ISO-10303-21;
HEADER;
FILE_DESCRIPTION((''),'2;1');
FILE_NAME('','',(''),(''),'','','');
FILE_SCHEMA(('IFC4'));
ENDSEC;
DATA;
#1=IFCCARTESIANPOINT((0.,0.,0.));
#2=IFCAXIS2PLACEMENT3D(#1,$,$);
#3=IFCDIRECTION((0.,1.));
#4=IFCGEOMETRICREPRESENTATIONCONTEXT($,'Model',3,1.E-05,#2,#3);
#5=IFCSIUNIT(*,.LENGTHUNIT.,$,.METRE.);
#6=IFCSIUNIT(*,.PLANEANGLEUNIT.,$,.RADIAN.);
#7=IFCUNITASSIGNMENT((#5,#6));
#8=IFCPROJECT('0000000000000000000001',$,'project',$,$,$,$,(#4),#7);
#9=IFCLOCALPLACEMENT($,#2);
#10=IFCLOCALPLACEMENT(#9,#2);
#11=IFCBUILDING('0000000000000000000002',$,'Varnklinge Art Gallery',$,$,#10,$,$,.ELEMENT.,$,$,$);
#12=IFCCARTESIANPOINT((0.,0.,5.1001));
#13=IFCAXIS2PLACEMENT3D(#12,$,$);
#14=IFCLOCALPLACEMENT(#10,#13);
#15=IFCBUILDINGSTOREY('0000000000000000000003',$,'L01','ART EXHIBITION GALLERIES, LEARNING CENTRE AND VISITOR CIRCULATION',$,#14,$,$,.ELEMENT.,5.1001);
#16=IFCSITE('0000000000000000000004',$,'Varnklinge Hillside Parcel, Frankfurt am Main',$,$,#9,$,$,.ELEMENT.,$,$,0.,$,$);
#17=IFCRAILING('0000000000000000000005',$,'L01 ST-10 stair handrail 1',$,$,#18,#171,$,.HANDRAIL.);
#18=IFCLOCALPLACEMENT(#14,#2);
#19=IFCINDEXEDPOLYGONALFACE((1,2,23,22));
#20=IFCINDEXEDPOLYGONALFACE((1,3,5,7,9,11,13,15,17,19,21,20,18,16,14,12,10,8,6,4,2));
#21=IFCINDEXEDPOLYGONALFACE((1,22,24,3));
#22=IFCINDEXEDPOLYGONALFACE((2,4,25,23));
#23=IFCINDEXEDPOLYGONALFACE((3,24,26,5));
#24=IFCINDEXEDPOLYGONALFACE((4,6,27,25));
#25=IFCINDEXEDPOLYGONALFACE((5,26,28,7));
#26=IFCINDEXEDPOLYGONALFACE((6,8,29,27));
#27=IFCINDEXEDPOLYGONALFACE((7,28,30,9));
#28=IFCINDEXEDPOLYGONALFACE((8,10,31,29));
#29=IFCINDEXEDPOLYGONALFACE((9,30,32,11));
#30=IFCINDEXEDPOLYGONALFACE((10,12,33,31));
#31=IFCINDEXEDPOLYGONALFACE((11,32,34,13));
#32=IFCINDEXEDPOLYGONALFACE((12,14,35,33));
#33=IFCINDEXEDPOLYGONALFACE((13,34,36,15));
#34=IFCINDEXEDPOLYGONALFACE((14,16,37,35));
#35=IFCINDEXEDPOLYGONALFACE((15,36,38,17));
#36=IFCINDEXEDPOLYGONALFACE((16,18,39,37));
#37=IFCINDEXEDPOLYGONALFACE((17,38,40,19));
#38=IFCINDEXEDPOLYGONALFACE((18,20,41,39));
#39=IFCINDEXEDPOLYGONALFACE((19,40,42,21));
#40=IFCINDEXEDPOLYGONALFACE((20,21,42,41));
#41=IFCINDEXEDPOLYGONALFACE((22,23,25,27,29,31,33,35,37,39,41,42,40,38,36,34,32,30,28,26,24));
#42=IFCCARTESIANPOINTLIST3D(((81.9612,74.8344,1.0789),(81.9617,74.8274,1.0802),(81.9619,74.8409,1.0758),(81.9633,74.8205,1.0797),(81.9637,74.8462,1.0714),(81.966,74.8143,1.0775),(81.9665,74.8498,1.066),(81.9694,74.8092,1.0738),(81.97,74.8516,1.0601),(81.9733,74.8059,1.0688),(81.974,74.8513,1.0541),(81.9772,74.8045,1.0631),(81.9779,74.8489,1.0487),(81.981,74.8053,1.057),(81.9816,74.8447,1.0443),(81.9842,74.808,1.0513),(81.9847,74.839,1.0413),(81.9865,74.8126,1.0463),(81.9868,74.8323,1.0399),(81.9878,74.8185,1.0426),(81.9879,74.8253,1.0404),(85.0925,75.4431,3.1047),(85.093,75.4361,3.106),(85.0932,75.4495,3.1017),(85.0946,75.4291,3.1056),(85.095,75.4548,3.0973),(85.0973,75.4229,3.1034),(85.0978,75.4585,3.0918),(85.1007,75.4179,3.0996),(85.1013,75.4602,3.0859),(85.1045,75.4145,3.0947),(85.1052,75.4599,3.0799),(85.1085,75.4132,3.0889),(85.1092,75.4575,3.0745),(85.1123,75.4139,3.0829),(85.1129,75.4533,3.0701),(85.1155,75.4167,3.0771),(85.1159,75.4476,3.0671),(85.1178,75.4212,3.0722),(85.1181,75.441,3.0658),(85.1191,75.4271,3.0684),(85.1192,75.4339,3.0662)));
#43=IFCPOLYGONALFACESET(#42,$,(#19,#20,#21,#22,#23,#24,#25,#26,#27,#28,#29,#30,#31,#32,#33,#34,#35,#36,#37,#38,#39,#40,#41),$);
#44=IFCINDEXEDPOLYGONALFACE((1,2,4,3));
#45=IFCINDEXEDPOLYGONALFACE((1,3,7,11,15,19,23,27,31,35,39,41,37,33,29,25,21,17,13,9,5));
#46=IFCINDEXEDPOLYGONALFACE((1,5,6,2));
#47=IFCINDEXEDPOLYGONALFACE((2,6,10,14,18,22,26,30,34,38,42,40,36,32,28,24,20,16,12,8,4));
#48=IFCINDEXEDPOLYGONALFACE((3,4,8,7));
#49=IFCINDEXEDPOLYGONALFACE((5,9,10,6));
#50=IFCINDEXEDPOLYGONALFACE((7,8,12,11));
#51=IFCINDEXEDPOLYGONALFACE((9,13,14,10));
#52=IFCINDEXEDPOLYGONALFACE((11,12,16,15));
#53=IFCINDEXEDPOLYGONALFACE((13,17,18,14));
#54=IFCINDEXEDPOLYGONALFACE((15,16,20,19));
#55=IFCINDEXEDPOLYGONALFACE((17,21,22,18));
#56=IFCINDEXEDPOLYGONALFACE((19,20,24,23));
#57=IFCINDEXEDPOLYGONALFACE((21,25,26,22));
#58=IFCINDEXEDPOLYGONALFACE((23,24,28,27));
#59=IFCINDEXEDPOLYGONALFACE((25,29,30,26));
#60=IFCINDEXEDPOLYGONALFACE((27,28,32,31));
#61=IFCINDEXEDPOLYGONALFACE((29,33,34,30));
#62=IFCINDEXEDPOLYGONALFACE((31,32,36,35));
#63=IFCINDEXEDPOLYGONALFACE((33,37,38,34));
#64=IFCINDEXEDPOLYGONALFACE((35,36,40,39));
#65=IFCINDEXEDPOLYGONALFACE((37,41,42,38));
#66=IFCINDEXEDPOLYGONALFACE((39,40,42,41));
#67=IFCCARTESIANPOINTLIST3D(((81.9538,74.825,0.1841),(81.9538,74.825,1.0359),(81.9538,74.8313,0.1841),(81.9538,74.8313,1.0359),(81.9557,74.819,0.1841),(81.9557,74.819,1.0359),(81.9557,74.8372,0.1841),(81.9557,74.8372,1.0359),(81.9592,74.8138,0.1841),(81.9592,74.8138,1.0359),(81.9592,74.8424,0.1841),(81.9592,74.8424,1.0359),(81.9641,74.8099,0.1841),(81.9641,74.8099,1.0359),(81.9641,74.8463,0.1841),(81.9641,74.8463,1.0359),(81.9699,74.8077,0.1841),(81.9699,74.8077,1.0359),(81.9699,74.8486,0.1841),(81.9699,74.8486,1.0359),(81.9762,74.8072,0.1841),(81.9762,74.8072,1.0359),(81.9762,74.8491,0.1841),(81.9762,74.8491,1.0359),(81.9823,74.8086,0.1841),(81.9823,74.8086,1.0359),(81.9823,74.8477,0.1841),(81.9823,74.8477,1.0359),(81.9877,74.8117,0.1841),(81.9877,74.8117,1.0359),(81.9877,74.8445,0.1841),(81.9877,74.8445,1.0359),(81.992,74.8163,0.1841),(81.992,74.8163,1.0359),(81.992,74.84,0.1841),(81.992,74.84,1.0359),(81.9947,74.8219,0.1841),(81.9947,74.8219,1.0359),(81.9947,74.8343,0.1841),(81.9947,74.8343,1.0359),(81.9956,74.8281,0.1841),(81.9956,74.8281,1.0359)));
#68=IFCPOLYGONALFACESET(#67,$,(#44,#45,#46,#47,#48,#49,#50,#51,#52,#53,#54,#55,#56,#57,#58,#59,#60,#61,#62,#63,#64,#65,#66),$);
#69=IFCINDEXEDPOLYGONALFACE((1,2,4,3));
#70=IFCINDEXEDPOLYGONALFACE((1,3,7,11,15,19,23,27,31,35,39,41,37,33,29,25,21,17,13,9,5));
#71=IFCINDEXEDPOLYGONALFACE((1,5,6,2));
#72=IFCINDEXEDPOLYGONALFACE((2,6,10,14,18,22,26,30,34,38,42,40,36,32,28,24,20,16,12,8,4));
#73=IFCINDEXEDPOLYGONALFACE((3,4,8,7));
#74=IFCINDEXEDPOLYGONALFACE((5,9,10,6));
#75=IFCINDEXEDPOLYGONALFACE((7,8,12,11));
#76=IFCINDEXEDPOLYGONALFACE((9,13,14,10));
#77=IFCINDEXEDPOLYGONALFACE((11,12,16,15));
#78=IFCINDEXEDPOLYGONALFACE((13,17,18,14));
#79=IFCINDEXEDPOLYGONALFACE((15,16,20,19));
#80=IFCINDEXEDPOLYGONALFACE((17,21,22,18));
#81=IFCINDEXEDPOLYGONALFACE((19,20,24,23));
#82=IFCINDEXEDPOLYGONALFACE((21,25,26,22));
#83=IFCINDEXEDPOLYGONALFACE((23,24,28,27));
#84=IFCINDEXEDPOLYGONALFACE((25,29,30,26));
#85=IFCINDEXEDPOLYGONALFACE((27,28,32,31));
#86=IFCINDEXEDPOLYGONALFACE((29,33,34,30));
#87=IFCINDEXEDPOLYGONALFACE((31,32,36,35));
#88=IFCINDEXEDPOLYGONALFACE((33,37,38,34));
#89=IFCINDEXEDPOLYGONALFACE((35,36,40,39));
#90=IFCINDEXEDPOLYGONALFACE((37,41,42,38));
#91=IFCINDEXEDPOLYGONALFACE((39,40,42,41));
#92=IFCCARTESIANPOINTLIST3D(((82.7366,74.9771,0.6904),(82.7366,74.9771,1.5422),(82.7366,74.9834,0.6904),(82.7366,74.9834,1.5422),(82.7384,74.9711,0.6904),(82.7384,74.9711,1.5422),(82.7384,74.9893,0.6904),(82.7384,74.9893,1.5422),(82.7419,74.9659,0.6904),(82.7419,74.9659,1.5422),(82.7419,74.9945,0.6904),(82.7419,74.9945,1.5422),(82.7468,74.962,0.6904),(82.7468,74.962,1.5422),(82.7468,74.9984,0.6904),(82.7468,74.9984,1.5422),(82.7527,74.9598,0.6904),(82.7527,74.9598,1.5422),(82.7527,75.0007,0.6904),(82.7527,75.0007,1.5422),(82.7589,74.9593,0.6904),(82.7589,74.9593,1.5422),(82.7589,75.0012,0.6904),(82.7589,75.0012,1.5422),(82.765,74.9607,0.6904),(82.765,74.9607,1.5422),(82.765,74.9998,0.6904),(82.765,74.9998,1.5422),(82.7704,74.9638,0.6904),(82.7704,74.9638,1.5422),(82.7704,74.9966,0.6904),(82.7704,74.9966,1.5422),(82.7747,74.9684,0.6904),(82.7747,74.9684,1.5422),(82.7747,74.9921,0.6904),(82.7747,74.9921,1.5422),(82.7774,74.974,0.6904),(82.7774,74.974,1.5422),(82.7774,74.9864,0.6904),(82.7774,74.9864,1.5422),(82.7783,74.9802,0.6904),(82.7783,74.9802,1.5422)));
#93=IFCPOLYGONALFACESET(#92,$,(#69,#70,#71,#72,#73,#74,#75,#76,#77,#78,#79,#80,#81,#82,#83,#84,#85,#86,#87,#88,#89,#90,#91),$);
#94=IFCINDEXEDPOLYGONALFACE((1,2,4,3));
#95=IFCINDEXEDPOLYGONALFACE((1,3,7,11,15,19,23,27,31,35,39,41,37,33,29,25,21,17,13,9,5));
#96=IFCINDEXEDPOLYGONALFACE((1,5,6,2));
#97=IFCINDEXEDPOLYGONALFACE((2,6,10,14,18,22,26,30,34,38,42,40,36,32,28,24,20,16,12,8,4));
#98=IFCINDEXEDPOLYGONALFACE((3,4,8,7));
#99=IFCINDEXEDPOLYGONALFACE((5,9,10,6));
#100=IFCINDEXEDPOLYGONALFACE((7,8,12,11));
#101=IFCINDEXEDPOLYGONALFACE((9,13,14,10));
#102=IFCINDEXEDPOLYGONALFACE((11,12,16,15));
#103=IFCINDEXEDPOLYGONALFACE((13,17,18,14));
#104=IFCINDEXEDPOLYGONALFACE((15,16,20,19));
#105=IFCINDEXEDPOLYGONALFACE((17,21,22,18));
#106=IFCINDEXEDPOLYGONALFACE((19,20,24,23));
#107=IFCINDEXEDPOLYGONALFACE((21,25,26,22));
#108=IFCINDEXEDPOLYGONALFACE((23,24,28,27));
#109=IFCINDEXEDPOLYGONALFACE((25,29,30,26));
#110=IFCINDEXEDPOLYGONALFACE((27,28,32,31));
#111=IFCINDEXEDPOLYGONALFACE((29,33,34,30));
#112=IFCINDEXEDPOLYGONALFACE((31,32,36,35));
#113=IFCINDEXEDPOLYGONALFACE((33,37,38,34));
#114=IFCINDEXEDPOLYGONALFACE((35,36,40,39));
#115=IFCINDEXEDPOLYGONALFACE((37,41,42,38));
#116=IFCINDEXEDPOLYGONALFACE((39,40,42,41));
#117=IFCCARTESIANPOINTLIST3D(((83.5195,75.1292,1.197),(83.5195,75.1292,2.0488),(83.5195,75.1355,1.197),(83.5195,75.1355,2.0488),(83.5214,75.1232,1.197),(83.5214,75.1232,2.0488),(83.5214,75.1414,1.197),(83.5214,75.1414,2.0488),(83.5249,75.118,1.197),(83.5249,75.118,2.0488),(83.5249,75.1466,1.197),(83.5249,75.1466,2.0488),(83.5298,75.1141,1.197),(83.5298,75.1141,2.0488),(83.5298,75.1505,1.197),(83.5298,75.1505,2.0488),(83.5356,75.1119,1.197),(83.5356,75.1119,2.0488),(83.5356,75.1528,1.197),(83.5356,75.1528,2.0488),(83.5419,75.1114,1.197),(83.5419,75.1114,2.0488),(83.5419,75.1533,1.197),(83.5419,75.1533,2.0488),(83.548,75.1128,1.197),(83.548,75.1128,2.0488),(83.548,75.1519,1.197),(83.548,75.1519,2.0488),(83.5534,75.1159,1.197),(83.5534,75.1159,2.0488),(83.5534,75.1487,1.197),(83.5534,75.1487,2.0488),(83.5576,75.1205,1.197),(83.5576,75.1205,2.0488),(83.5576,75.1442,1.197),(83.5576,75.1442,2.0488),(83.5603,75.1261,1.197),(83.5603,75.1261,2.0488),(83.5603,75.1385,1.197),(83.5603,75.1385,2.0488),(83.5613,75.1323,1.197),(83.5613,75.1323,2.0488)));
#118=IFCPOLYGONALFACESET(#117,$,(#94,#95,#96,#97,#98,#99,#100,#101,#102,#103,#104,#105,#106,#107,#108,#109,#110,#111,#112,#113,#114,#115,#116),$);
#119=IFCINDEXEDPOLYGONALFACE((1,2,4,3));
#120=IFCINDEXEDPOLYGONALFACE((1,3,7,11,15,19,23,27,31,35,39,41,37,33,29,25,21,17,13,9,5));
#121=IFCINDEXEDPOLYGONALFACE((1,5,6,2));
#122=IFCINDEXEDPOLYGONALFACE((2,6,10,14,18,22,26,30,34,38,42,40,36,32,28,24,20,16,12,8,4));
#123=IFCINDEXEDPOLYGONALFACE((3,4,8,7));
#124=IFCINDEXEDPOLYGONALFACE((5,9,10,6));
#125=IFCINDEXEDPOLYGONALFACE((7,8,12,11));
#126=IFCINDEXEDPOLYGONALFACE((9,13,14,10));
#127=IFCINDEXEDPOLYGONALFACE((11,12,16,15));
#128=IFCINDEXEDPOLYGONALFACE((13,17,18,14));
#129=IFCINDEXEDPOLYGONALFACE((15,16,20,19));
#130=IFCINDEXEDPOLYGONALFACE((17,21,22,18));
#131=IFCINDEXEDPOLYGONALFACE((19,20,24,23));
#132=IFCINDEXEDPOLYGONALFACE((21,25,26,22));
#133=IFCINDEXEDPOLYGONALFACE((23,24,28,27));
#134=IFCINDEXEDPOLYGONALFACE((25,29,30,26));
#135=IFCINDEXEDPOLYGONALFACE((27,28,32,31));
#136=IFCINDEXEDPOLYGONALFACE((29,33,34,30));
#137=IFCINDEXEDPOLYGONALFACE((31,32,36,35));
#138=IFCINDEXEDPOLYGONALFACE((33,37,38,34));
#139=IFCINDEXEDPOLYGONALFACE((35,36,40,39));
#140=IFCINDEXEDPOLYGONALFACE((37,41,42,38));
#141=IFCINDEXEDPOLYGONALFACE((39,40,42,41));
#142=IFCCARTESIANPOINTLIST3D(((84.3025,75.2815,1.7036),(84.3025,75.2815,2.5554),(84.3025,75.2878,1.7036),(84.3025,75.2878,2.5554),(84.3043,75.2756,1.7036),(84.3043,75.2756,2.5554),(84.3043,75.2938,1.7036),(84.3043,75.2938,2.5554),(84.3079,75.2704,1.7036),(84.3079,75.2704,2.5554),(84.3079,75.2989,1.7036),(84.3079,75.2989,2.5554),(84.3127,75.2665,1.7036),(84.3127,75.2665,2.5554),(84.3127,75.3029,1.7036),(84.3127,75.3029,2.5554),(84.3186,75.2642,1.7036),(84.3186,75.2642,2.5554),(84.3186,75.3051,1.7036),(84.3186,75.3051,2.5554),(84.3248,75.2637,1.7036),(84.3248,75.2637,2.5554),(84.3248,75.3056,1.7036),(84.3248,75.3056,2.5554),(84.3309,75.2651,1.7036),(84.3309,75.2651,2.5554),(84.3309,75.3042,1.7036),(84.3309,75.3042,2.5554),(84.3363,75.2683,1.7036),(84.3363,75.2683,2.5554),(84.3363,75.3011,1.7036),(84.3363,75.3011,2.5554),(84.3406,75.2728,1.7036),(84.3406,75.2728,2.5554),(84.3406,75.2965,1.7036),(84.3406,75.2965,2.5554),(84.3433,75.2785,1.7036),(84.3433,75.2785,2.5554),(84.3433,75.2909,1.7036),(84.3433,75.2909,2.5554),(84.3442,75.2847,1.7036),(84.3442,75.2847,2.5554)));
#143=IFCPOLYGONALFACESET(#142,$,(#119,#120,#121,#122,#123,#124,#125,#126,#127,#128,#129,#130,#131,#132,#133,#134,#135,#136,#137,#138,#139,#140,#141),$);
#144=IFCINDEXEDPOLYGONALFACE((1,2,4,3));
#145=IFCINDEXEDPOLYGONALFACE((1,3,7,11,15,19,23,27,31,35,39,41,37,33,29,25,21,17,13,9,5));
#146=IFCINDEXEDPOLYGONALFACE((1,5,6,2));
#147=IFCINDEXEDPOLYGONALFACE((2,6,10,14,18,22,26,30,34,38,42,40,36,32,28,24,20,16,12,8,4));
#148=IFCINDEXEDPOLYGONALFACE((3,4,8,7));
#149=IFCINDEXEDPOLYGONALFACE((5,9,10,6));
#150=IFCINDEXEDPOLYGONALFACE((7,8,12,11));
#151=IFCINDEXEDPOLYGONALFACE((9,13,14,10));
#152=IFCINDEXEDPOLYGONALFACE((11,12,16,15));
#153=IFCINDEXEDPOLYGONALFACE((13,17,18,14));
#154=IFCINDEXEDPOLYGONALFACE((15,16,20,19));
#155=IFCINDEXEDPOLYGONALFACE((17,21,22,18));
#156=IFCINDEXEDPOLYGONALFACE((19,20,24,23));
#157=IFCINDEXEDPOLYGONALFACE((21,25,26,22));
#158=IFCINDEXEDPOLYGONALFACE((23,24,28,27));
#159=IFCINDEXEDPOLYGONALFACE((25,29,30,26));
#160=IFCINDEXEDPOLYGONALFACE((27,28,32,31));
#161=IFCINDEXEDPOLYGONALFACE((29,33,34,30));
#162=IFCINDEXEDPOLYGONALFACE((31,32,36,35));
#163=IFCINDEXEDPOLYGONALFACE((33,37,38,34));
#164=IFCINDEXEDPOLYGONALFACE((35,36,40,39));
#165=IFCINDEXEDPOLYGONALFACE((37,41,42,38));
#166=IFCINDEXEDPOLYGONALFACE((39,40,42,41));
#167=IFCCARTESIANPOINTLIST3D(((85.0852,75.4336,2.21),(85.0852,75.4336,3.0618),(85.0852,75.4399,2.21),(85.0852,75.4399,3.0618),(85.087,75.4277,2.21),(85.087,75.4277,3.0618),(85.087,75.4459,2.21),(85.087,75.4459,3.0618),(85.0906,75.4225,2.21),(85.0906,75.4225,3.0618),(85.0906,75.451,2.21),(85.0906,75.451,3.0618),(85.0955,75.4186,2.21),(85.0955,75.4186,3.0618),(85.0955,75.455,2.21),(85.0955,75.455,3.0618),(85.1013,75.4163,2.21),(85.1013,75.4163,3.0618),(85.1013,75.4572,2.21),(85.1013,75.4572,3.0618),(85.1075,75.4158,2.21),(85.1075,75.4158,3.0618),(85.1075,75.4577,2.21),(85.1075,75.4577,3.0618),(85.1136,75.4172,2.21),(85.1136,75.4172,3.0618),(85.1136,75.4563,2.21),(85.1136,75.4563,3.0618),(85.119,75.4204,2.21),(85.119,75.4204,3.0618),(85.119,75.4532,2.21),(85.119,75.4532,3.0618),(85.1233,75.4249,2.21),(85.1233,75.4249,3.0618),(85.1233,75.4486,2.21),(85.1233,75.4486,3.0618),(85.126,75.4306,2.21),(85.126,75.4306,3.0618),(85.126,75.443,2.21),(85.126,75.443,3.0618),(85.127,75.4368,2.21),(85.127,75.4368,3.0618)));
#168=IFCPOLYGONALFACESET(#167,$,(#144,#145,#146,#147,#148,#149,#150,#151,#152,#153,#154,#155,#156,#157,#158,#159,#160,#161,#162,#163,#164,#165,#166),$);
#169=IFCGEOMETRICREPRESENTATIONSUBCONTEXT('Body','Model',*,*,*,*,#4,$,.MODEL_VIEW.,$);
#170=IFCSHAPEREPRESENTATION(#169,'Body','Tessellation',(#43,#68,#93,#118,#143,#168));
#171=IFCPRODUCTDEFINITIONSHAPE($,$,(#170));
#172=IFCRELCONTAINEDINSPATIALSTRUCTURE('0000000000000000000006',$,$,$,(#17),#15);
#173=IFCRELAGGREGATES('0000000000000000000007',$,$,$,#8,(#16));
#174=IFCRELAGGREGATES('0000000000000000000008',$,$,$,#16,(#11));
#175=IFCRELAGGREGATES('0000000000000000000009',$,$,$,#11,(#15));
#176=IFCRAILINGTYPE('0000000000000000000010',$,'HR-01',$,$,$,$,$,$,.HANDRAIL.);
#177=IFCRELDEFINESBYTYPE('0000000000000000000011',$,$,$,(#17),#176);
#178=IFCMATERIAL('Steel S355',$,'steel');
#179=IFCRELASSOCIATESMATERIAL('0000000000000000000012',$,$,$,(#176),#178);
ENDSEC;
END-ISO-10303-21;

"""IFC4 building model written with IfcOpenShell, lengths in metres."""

from ifc_helpers import new_model, si_unit, direction, frame, origin, origin_2d, place, context, subcontext, project, spatial, circle, extrude, material, type_object, element, save


model = new_model("IFC4")

# Units and contexts
model_context = context("Model", 3, precision=1e-05, world=origin(), true_north=direction((0.0, 1.0)))
body_context = subcontext(model_context, "Body", "Model", "MODEL_VIEW")
ifc_project = project(units=[si_unit("LENGTHUNIT", "METRE"), si_unit("PLANEANGLEUNIT", "RADIAN")], contexts=[model_context])

# Site, building, storey
site_placement = place(None, origin())
site = spatial("IfcSite", under=ifc_project, at=site_placement, Name="Varnklinge Hillside Parcel, Frankfurt am Main", CompositionType="ELEMENT", RefElevation=0.0)
building_placement = place(site_placement, origin())
building = spatial("IfcBuilding", under=site, at=building_placement, Name="Varnklinge Art Gallery", CompositionType="ELEMENT")
storey_placement = place(building_placement, frame((0.0, 0.0, 5.1001)))
storey = spatial("IfcBuildingStorey", under=building, at=storey_placement, Name="L01", Description="ART EXHIBITION GALLERIES, LEARNING CENTRE AND VISITOR CIRCULATION", CompositionType="ELEMENT", Elevation=5.1001)

# Railing
ifc_material_1 = material(Name="Steel S355", Category="steel")
railing_type_1 = type_object("IfcRailingType", Name="HR-01", PredefinedType="HANDRAIL", material=ifc_material_1)
railing_1_placement = place(storey_placement, frame((81.9746, 74.8281, 0.1841)))
element("IfcRailing", 1, at=railing_1_placement, inside=storey, type_object=railing_type_1, Name="L01 ST-10 stair handrail 1", PredefinedType="HANDRAIL", context=body_context, shape_type="SweptSolid", body=[
    extrude(circle(Radius=0.0239, at=origin_2d()), frame((0.0, 0.0, 0.876), z_axis=(0.828643, 0.161064, 0.536105), x_axis=(-0.1908, 0.981629, 0.0)), (0.0, 0.0, 1.0), 3.7788),
    extrude(circle(Radius=0.021, at=origin_2d()), origin(), (0.0, 0.0, 1.0), 0.8518),
    extrude(circle(Radius=0.021, at=origin_2d()), frame((0.7827, 0.1521, 0.5063)), (0.0, 0.0, 1.0), 0.8518),
    extrude(circle(Radius=0.021, at=origin_2d()), frame((1.5657, 0.3042, 1.0129)), (0.0, 0.0, 1.0), 0.8518),
    extrude(circle(Radius=0.021, at=origin_2d()), frame((2.3486, 0.4565, 1.5195)), (0.0, 0.0, 1.0), 0.8518),
    extrude(circle(Radius=0.021, at=origin_2d()), frame((3.1313, 0.6086, 2.0259)), (0.0, 0.0, 1.0), 0.8518),
])

save(model, "model.ifc")
